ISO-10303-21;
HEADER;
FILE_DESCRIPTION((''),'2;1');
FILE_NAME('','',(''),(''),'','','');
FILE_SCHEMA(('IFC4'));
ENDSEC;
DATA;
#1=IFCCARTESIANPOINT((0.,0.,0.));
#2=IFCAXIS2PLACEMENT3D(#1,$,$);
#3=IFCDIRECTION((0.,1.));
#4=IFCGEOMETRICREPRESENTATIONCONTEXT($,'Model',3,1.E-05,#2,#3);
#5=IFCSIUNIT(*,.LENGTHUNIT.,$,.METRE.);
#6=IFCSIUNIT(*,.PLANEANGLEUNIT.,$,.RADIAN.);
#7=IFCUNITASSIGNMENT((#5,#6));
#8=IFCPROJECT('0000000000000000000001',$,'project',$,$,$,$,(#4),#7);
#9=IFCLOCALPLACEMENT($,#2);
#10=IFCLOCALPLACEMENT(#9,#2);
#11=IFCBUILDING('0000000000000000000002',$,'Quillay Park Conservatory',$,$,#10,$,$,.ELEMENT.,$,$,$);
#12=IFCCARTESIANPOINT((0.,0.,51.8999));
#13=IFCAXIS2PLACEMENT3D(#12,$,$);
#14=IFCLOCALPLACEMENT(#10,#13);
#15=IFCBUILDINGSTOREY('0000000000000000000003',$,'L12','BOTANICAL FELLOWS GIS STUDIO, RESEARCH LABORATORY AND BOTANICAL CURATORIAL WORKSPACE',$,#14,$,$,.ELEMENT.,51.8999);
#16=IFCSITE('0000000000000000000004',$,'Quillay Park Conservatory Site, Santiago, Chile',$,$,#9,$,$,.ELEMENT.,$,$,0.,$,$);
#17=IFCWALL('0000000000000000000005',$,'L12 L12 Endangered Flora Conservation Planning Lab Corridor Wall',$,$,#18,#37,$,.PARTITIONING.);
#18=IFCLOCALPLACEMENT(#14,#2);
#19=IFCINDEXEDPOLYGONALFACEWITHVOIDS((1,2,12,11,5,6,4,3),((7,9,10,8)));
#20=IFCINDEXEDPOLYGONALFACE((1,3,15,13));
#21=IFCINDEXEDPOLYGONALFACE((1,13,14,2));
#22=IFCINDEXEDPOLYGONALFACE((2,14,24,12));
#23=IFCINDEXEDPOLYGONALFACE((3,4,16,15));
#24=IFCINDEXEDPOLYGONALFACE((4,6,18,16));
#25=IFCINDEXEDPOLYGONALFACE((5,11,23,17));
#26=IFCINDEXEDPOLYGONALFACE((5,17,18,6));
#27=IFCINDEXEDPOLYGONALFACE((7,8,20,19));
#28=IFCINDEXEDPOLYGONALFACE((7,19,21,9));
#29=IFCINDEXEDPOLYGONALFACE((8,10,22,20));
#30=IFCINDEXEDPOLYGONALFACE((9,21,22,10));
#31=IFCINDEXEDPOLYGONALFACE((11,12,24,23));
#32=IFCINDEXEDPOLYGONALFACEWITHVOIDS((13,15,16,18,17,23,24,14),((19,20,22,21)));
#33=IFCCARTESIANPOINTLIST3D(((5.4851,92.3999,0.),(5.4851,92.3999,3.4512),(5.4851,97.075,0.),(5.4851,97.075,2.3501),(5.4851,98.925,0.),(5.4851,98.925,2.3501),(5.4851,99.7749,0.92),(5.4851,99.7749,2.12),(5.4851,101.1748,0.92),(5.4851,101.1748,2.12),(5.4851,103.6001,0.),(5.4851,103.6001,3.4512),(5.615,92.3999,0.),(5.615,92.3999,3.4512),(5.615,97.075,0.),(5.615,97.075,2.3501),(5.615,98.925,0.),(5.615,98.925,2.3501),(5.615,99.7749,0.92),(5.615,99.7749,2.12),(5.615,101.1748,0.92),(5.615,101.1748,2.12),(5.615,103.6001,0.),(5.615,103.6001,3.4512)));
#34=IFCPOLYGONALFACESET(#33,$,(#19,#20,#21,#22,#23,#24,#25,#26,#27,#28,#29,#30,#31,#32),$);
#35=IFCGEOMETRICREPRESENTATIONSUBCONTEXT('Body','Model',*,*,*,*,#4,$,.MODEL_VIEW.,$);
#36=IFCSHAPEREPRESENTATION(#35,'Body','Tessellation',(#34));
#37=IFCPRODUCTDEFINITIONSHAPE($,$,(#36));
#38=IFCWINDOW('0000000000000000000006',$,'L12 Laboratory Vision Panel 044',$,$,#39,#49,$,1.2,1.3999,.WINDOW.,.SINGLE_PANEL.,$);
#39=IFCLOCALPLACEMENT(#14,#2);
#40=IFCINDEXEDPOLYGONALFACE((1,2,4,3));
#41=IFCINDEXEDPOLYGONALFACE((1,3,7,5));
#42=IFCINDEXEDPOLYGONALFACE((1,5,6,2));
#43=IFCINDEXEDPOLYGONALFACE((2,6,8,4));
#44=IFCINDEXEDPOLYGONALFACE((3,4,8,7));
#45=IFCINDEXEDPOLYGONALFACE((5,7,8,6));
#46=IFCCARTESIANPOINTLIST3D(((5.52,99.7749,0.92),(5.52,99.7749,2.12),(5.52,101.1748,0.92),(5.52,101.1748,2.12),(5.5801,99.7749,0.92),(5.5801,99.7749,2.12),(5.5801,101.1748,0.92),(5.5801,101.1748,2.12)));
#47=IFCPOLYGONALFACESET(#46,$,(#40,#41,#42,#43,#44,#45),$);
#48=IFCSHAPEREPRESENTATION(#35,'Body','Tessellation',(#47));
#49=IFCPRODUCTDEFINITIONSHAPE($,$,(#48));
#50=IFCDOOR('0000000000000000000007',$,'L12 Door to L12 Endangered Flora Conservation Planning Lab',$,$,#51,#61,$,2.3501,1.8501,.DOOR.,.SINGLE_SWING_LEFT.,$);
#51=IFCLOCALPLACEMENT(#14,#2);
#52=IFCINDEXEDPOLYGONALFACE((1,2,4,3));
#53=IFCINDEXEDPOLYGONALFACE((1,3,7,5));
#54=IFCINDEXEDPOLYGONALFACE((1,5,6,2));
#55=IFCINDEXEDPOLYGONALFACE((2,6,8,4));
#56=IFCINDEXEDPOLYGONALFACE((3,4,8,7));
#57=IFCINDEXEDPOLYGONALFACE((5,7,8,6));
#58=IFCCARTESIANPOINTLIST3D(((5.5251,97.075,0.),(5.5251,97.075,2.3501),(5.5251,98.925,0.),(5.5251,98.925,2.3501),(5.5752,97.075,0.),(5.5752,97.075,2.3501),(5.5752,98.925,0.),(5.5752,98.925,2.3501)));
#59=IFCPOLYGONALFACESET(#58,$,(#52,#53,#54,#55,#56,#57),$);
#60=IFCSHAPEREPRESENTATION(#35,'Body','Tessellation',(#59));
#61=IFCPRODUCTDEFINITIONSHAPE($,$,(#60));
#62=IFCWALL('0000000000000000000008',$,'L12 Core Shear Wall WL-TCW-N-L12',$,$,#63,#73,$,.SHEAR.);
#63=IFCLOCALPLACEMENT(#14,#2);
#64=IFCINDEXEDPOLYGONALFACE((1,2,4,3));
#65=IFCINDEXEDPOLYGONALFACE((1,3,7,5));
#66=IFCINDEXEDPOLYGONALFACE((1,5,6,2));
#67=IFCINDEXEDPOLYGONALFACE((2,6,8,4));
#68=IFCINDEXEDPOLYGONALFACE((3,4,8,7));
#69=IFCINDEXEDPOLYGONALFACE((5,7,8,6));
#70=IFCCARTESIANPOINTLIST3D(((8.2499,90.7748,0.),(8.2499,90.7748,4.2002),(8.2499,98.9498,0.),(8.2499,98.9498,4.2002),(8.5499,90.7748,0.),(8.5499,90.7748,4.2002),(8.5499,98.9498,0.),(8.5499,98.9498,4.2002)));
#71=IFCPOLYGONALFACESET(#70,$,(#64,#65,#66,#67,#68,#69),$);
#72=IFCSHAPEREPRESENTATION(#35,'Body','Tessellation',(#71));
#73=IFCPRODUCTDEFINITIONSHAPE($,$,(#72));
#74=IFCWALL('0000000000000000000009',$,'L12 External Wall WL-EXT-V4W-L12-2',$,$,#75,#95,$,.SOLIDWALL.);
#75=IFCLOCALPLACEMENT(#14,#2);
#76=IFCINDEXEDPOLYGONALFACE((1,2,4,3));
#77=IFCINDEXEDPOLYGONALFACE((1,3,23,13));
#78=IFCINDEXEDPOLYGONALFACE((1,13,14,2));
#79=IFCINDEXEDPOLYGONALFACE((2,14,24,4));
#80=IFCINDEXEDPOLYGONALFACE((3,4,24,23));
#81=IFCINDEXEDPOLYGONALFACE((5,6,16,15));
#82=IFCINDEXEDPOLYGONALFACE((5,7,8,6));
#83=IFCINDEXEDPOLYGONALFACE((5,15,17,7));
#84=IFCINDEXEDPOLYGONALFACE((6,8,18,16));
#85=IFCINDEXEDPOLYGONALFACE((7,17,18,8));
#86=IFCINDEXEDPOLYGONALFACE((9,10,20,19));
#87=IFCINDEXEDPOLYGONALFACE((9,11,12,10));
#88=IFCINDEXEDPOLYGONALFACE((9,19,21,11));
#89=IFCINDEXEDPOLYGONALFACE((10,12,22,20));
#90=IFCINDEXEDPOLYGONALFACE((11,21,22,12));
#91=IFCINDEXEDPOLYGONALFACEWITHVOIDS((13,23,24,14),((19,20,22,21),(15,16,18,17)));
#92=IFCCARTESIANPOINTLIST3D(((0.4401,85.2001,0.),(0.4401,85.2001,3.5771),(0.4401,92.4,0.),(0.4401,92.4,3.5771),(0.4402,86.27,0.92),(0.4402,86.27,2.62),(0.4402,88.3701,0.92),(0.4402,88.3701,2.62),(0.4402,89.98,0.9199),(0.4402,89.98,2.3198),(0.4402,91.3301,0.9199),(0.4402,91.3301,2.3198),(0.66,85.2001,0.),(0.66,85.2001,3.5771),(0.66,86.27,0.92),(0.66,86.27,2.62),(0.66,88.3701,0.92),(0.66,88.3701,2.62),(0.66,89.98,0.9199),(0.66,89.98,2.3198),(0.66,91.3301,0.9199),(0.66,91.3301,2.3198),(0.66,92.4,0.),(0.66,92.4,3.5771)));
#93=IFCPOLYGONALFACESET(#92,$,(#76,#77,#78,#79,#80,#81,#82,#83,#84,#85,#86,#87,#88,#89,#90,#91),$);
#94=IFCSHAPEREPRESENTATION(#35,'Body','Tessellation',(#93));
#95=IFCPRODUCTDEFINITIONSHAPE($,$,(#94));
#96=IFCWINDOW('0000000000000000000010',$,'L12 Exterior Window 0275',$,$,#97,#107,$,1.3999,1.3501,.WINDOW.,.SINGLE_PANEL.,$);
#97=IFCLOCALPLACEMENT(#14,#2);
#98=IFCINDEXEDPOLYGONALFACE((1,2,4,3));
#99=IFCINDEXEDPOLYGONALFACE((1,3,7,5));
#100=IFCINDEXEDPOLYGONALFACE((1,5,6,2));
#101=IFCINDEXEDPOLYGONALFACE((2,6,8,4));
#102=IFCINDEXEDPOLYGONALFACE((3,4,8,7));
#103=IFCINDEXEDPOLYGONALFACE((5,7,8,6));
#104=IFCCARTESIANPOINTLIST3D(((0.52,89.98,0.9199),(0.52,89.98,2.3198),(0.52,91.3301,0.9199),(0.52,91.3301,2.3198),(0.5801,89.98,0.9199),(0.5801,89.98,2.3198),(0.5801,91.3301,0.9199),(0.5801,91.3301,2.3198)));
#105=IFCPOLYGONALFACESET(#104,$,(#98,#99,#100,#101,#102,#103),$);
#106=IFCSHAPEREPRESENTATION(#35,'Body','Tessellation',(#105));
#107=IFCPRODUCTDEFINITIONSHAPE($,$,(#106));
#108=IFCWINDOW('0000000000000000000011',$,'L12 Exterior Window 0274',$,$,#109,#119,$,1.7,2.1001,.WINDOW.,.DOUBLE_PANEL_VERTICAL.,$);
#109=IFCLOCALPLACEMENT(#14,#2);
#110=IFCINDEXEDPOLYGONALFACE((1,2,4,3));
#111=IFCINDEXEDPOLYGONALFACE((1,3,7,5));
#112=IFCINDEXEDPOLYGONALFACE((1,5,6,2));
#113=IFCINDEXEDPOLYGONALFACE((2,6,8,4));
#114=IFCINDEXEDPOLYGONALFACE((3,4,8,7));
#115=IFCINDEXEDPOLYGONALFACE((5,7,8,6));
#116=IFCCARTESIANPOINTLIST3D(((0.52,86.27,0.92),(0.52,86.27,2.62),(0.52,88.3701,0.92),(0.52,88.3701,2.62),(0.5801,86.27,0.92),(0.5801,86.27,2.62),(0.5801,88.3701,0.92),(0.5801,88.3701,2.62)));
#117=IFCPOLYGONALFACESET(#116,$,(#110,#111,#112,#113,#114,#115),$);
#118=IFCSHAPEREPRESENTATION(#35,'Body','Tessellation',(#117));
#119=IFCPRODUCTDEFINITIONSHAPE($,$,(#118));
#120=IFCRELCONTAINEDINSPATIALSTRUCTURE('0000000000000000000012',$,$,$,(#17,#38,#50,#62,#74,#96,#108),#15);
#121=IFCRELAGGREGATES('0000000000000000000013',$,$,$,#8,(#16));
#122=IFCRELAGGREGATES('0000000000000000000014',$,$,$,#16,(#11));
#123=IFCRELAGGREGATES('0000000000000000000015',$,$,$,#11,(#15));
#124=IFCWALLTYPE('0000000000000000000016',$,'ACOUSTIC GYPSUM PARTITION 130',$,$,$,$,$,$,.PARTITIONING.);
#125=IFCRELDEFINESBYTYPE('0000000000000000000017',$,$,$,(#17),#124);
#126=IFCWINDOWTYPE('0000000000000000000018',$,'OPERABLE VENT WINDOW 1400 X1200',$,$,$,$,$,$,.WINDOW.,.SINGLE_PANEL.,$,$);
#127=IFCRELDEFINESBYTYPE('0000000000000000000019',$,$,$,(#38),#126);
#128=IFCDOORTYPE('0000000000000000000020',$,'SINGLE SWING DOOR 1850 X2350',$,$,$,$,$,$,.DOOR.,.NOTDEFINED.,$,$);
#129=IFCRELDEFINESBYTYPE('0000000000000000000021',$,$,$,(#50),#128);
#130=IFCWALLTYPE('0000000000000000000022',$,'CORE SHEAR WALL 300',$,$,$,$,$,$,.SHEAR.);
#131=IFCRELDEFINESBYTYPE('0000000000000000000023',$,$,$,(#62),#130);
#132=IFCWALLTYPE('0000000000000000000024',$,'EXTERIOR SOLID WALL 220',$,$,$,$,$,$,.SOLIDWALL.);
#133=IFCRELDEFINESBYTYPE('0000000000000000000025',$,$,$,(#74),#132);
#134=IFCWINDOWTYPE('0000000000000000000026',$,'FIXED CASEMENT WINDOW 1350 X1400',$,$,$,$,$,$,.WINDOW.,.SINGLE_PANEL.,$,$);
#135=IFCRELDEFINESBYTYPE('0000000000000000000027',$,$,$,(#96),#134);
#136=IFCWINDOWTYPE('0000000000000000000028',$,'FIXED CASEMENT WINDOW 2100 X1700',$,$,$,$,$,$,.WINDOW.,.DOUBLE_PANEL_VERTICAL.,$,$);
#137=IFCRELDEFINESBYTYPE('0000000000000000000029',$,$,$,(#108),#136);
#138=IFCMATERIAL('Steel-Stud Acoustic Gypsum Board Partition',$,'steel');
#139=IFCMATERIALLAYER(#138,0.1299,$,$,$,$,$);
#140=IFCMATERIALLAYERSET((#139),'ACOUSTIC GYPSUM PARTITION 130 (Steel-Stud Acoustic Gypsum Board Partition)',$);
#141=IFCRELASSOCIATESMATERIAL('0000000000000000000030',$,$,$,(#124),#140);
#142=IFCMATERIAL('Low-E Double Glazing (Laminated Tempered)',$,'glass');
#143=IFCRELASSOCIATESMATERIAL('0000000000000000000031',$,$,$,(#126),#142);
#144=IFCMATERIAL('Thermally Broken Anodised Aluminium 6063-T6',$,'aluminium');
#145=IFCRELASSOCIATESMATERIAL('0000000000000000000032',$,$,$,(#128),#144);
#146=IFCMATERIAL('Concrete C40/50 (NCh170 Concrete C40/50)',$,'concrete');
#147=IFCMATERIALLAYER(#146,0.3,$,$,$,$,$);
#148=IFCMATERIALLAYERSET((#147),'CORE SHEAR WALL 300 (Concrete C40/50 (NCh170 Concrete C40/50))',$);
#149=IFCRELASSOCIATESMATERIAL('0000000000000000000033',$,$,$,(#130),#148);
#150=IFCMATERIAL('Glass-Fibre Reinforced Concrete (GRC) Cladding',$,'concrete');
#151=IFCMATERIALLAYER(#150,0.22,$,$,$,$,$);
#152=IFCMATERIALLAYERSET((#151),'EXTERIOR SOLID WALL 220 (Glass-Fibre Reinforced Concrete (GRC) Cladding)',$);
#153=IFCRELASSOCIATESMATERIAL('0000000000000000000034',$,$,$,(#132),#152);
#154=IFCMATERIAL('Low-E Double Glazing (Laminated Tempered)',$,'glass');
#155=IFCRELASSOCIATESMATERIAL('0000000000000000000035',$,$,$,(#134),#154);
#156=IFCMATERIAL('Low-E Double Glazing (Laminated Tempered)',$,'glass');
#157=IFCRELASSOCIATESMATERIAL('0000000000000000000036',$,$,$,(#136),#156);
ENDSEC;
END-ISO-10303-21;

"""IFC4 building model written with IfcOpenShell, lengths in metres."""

from ifc_helpers import new_model, si_unit, direction, frame, frame_2d, origin, place, context, subcontext, project, spatial, rectangle, extrude, material, layer, layer_set, type_object, element, fill, save


model = new_model("IFC4")

# Units and contexts
model_context = context("Model", 3, precision=1e-05, world=origin(), true_north=direction((0.0, 1.0)))
body_context = subcontext(model_context, "Body", "Model", "MODEL_VIEW")
ifc_project = project(units=[si_unit("LENGTHUNIT", "METRE"), si_unit("PLANEANGLEUNIT", "RADIAN")], contexts=[model_context])

# Site, building, storey
site_placement = place(None, origin())
site = spatial("IfcSite", under=ifc_project, at=site_placement, Name="Quillay Park Conservatory Site, Santiago, Chile", CompositionType="ELEMENT", RefElevation=0.0)
building_placement = place(site_placement, origin())
building = spatial("IfcBuilding", under=site, at=building_placement, Name="Quillay Park Conservatory", CompositionType="ELEMENT")
storey_placement = place(building_placement, frame((0.0, 0.0, 51.8999)))
storey = spatial("IfcBuildingStorey", under=building, at=storey_placement, Name="L12", Description="BOTANICAL FELLOWS GIS STUDIO, RESEARCH LABORATORY AND BOTANICAL CURATORIAL WORKSPACE", CompositionType="ELEMENT", Elevation=51.8999)

# Wall, openings, window, door
ifc_material_1 = material(Name="Steel-Stud Acoustic Gypsum Board Partition", Category="steel")
ifc_layer_1 = layer(ifc_material_1, 0.1299)
ifc_layer_set_1 = layer_set([ifc_layer_1], Name="ACOUSTIC GYPSUM PARTITION 130 (Steel-Stud Acoustic Gypsum Board Partition)")
wall_type_1 = type_object("IfcWallType", Name="ACOUSTIC GYPSUM PARTITION 130", PredefinedType="PARTITIONING", material=ifc_layer_set_1)
wall_1_placement = place(storey_placement, frame((5.55, 92.3999, 0.0), z_axis=(0.0, 0.0, 1.0), x_axis=(0.0, 1.0, 0.0)))
wall_1 = element("IfcWall", 1, at=wall_1_placement, inside=storey, type_object=wall_type_1, Name="L12 L12 Endangered Flora Conservation Planning Lab Corridor Wall", PredefinedType="PARTITIONING", context=body_context, shape_type="SweptSolid", body=[
    extrude(rectangle(XDim=11.2002, YDim=0.1299, at=frame_2d((5.6001, 0.0))), origin(), (0.0, 0.0, 1.0), 3.4512),
])
opening_1_placement = place(wall_1_placement, frame((4.675, 0.0, 0.0)))
opening_1 = element("IfcOpeningElement", 2, at=opening_1_placement, cuts=wall_1, PredefinedType="OPENING", context=body_context, shape_type="SweptSolid", body=[
    extrude(rectangle(XDim=1.8501, YDim=2.3501, at=frame_2d((0.925, 1.175))), frame((0.0, 0.0649, 0.0), z_axis=(0.0, -1.0, 0.0), x_axis=(1.0, 0.0, 0.0)), (0.0, 0.0, 1.0), 0.1299),
])
opening_2_placement = place(wall_1_placement, frame((7.375, 0.0, 0.9199)))
opening_2 = element("IfcOpeningElement", 3, at=opening_2_placement, cuts=wall_1, PredefinedType="OPENING", context=body_context, shape_type="SweptSolid", body=[
    extrude(rectangle(XDim=1.3999, YDim=1.2, at=frame_2d((0.7, 0.6001))), frame((0.0, 0.0649, 0.0), z_axis=(0.0, -1.0, 0.0), x_axis=(1.0, 0.0, 0.0)), (0.0, 0.0, 1.0), 0.1299),
])
ifc_material_2 = material(Name="Low-E Double Glazing (Laminated Tempered)", Category="glass")
window_type_1 = type_object("IfcWindowType", Name="OPERABLE VENT WINDOW 1400 X1200", PartitioningType="SINGLE_PANEL", PredefinedType="WINDOW", material=ifc_material_2)
window_1_placement = place(opening_2_placement, origin())
window_1 = element("IfcWindow", 4, at=window_1_placement, inside=storey, type_object=window_type_1, Name="L12 Laboratory Vision Panel 044", OverallHeight=1.2, OverallWidth=1.3999, PartitioningType="SINGLE_PANEL", PredefinedType="WINDOW", context=body_context, shape_type="SweptSolid", body=[
    extrude(rectangle(XDim=1.3999, YDim=1.2, at=frame_2d((0.7, 0.6001))), frame((0.0, 0.03, 0.0), z_axis=(0.0, -1.0, 0.0), x_axis=(1.0, 0.0, 0.0)), (0.0, 0.0, 1.0), 0.0601),
])
fill(opening_2, window_1)
ifc_material_3 = material(Name="Thermally Broken Anodised Aluminium 6063-T6", Category="aluminium")
door_type_1 = type_object("IfcDoorType", Name="SINGLE SWING DOOR 1850 X2350", OperationType="NOTDEFINED", PredefinedType="DOOR", material=ifc_material_3)
door_1_placement = place(opening_1_placement, origin())
door_1 = element("IfcDoor", 5, at=door_1_placement, inside=storey, type_object=door_type_1, Name="L12 Door to L12 Endangered Flora Conservation Planning Lab", OperationType="SINGLE_SWING_LEFT", OverallHeight=2.3501, OverallWidth=1.8501, PredefinedType="DOOR", context=body_context, shape_type="SweptSolid", body=[
    extrude(rectangle(XDim=1.8501, YDim=2.3501, at=frame_2d((0.925, 1.175))), frame((0.0, 0.0249, 0.0), z_axis=(0.0, -1.0, 0.0), x_axis=(1.0, 0.0, 0.0)), (0.0, 0.0, 1.0), 0.05),
])
fill(opening_1, door_1)

# Wall
ifc_material_4 = material(Name="Concrete C40/50 (NCh170 Concrete C40/50)", Category="concrete")
ifc_layer_2 = layer(ifc_material_4, 0.3)
ifc_layer_set_2 = layer_set([ifc_layer_2], Name="CORE SHEAR WALL 300 (Concrete C40/50 (NCh170 Concrete C40/50))")
wall_type_2 = type_object("IfcWallType", Name="CORE SHEAR WALL 300", PredefinedType="SHEAR", material=ifc_layer_set_2)
wall_2_placement = place(storey_placement, frame((8.3999, 90.7749, 0.0), z_axis=(0.0, 0.0, 1.0), x_axis=(0.0, 1.0, 0.0)))
element("IfcWall", 6, at=wall_2_placement, inside=storey, type_object=wall_type_2, Name="L12 Core Shear Wall WL-TCW-N-L12", PredefinedType="SHEAR", context=body_context, shape_type="SweptSolid", body=[
    extrude(rectangle(XDim=8.175, YDim=0.3, at=frame_2d((4.0874, 0.0))), origin(), (0.0, 0.0, 1.0), 4.2002),
])

# Wall, openings, windows
ifc_material_5 = material(Name="Glass-Fibre Reinforced Concrete (GRC) Cladding", Category="concrete")
ifc_layer_3 = layer(ifc_material_5, 0.22)
ifc_layer_set_3 = layer_set([ifc_layer_3], Name="EXTERIOR SOLID WALL 220 (Glass-Fibre Reinforced Concrete (GRC) Cladding)")
wall_type_3 = type_object("IfcWallType", Name="EXTERIOR SOLID WALL 220", PredefinedType="SOLIDWALL", material=ifc_layer_set_3)
wall_3_placement = place(storey_placement, frame((0.55, 85.2, 0.0), z_axis=(0.0, 0.0, 1.0), x_axis=(0.0, 1.0, 0.0)))
wall_3 = element("IfcWall", 7, at=wall_3_placement, inside=storey, type_object=wall_type_3, Name="L12 External Wall WL-EXT-V4W-L12-2", PredefinedType="SOLIDWALL", context=body_context, shape_type="SweptSolid", body=[
    extrude(rectangle(XDim=7.2, YDim=0.22, at=frame_2d((3.6001, 0.0))), origin(), (0.0, 0.0, 1.0), 3.5771),
])
opening_3_placement = place(wall_3_placement, frame((1.0701, 0.0, 0.9199)))
opening_3 = element("IfcOpeningElement", 8, at=opening_3_placement, cuts=wall_3, PredefinedType="OPENING", context=body_context, shape_type="SweptSolid", body=[
    extrude(rectangle(XDim=2.1001, YDim=1.7, at=frame_2d((1.05, 0.8501))), frame((0.0, 0.1099, 0.0), z_axis=(0.0, -1.0, 0.0), x_axis=(1.0, 0.0, 0.0)), (0.0, 0.0, 1.0), 0.22),
])
opening_4_placement = place(wall_3_placement, frame((4.78, 0.0, 0.9199)))
opening_4 = element("IfcOpeningElement", 9, at=opening_4_placement, cuts=wall_3, PredefinedType="OPENING", context=body_context, shape_type="SweptSolid", body=[
    extrude(rectangle(XDim=1.3501, YDim=1.3999, at=frame_2d((0.675, 0.7))), frame((0.0, 0.1099, 0.0), z_axis=(0.0, -1.0, 0.0), x_axis=(1.0, 0.0, 0.0)), (0.0, 0.0, 1.0), 0.22),
])
ifc_material_6 = material(Name="Low-E Double Glazing (Laminated Tempered)", Category="glass")
window_type_2 = type_object("IfcWindowType", Name="FIXED CASEMENT WINDOW 1350 X1400", PartitioningType="SINGLE_PANEL", PredefinedType="WINDOW", material=ifc_material_6)
window_2_placement = place(opening_4_placement, origin())
window_2 = element("IfcWindow", 10, at=window_2_placement, inside=storey, type_object=window_type_2, Name="L12 Exterior Window 0275", OverallHeight=1.3999, OverallWidth=1.3501, PartitioningType="SINGLE_PANEL", PredefinedType="WINDOW", context=body_context, shape_type="SweptSolid", body=[
    extrude(rectangle(XDim=1.3501, YDim=1.3999, at=frame_2d((0.675, 0.7))), frame((0.0, 0.03, 0.0), z_axis=(0.0, -1.0, 0.0), x_axis=(1.0, 0.0, 0.0)), (0.0, 0.0, 1.0), 0.0601),
])
fill(opening_4, window_2)
ifc_material_7 = material(Name="Low-E Double Glazing (Laminated Tempered)", Category="glass")
window_type_3 = type_object("IfcWindowType", Name="FIXED CASEMENT WINDOW 2100 X1700", PartitioningType="DOUBLE_PANEL_VERTICAL", PredefinedType="WINDOW", material=ifc_material_7)
window_3_placement = place(opening_3_placement, origin())
window_3 = element("IfcWindow", 11, at=window_3_placement, inside=storey, type_object=window_type_3, Name="L12 Exterior Window 0274", OverallHeight=1.7, OverallWidth=2.1001, PartitioningType="DOUBLE_PANEL_VERTICAL", PredefinedType="WINDOW", context=body_context, shape_type="SweptSolid", body=[
    extrude(rectangle(XDim=2.1001, YDim=1.7, at=frame_2d((1.05, 0.8501))), frame((0.0, 0.03, 0.0), z_axis=(0.0, -1.0, 0.0), x_axis=(1.0, 0.0, 0.0)), (0.0, 0.0, 1.0), 0.0601),
])
fill(opening_3, window_3)

save(model, "model.ifc")
